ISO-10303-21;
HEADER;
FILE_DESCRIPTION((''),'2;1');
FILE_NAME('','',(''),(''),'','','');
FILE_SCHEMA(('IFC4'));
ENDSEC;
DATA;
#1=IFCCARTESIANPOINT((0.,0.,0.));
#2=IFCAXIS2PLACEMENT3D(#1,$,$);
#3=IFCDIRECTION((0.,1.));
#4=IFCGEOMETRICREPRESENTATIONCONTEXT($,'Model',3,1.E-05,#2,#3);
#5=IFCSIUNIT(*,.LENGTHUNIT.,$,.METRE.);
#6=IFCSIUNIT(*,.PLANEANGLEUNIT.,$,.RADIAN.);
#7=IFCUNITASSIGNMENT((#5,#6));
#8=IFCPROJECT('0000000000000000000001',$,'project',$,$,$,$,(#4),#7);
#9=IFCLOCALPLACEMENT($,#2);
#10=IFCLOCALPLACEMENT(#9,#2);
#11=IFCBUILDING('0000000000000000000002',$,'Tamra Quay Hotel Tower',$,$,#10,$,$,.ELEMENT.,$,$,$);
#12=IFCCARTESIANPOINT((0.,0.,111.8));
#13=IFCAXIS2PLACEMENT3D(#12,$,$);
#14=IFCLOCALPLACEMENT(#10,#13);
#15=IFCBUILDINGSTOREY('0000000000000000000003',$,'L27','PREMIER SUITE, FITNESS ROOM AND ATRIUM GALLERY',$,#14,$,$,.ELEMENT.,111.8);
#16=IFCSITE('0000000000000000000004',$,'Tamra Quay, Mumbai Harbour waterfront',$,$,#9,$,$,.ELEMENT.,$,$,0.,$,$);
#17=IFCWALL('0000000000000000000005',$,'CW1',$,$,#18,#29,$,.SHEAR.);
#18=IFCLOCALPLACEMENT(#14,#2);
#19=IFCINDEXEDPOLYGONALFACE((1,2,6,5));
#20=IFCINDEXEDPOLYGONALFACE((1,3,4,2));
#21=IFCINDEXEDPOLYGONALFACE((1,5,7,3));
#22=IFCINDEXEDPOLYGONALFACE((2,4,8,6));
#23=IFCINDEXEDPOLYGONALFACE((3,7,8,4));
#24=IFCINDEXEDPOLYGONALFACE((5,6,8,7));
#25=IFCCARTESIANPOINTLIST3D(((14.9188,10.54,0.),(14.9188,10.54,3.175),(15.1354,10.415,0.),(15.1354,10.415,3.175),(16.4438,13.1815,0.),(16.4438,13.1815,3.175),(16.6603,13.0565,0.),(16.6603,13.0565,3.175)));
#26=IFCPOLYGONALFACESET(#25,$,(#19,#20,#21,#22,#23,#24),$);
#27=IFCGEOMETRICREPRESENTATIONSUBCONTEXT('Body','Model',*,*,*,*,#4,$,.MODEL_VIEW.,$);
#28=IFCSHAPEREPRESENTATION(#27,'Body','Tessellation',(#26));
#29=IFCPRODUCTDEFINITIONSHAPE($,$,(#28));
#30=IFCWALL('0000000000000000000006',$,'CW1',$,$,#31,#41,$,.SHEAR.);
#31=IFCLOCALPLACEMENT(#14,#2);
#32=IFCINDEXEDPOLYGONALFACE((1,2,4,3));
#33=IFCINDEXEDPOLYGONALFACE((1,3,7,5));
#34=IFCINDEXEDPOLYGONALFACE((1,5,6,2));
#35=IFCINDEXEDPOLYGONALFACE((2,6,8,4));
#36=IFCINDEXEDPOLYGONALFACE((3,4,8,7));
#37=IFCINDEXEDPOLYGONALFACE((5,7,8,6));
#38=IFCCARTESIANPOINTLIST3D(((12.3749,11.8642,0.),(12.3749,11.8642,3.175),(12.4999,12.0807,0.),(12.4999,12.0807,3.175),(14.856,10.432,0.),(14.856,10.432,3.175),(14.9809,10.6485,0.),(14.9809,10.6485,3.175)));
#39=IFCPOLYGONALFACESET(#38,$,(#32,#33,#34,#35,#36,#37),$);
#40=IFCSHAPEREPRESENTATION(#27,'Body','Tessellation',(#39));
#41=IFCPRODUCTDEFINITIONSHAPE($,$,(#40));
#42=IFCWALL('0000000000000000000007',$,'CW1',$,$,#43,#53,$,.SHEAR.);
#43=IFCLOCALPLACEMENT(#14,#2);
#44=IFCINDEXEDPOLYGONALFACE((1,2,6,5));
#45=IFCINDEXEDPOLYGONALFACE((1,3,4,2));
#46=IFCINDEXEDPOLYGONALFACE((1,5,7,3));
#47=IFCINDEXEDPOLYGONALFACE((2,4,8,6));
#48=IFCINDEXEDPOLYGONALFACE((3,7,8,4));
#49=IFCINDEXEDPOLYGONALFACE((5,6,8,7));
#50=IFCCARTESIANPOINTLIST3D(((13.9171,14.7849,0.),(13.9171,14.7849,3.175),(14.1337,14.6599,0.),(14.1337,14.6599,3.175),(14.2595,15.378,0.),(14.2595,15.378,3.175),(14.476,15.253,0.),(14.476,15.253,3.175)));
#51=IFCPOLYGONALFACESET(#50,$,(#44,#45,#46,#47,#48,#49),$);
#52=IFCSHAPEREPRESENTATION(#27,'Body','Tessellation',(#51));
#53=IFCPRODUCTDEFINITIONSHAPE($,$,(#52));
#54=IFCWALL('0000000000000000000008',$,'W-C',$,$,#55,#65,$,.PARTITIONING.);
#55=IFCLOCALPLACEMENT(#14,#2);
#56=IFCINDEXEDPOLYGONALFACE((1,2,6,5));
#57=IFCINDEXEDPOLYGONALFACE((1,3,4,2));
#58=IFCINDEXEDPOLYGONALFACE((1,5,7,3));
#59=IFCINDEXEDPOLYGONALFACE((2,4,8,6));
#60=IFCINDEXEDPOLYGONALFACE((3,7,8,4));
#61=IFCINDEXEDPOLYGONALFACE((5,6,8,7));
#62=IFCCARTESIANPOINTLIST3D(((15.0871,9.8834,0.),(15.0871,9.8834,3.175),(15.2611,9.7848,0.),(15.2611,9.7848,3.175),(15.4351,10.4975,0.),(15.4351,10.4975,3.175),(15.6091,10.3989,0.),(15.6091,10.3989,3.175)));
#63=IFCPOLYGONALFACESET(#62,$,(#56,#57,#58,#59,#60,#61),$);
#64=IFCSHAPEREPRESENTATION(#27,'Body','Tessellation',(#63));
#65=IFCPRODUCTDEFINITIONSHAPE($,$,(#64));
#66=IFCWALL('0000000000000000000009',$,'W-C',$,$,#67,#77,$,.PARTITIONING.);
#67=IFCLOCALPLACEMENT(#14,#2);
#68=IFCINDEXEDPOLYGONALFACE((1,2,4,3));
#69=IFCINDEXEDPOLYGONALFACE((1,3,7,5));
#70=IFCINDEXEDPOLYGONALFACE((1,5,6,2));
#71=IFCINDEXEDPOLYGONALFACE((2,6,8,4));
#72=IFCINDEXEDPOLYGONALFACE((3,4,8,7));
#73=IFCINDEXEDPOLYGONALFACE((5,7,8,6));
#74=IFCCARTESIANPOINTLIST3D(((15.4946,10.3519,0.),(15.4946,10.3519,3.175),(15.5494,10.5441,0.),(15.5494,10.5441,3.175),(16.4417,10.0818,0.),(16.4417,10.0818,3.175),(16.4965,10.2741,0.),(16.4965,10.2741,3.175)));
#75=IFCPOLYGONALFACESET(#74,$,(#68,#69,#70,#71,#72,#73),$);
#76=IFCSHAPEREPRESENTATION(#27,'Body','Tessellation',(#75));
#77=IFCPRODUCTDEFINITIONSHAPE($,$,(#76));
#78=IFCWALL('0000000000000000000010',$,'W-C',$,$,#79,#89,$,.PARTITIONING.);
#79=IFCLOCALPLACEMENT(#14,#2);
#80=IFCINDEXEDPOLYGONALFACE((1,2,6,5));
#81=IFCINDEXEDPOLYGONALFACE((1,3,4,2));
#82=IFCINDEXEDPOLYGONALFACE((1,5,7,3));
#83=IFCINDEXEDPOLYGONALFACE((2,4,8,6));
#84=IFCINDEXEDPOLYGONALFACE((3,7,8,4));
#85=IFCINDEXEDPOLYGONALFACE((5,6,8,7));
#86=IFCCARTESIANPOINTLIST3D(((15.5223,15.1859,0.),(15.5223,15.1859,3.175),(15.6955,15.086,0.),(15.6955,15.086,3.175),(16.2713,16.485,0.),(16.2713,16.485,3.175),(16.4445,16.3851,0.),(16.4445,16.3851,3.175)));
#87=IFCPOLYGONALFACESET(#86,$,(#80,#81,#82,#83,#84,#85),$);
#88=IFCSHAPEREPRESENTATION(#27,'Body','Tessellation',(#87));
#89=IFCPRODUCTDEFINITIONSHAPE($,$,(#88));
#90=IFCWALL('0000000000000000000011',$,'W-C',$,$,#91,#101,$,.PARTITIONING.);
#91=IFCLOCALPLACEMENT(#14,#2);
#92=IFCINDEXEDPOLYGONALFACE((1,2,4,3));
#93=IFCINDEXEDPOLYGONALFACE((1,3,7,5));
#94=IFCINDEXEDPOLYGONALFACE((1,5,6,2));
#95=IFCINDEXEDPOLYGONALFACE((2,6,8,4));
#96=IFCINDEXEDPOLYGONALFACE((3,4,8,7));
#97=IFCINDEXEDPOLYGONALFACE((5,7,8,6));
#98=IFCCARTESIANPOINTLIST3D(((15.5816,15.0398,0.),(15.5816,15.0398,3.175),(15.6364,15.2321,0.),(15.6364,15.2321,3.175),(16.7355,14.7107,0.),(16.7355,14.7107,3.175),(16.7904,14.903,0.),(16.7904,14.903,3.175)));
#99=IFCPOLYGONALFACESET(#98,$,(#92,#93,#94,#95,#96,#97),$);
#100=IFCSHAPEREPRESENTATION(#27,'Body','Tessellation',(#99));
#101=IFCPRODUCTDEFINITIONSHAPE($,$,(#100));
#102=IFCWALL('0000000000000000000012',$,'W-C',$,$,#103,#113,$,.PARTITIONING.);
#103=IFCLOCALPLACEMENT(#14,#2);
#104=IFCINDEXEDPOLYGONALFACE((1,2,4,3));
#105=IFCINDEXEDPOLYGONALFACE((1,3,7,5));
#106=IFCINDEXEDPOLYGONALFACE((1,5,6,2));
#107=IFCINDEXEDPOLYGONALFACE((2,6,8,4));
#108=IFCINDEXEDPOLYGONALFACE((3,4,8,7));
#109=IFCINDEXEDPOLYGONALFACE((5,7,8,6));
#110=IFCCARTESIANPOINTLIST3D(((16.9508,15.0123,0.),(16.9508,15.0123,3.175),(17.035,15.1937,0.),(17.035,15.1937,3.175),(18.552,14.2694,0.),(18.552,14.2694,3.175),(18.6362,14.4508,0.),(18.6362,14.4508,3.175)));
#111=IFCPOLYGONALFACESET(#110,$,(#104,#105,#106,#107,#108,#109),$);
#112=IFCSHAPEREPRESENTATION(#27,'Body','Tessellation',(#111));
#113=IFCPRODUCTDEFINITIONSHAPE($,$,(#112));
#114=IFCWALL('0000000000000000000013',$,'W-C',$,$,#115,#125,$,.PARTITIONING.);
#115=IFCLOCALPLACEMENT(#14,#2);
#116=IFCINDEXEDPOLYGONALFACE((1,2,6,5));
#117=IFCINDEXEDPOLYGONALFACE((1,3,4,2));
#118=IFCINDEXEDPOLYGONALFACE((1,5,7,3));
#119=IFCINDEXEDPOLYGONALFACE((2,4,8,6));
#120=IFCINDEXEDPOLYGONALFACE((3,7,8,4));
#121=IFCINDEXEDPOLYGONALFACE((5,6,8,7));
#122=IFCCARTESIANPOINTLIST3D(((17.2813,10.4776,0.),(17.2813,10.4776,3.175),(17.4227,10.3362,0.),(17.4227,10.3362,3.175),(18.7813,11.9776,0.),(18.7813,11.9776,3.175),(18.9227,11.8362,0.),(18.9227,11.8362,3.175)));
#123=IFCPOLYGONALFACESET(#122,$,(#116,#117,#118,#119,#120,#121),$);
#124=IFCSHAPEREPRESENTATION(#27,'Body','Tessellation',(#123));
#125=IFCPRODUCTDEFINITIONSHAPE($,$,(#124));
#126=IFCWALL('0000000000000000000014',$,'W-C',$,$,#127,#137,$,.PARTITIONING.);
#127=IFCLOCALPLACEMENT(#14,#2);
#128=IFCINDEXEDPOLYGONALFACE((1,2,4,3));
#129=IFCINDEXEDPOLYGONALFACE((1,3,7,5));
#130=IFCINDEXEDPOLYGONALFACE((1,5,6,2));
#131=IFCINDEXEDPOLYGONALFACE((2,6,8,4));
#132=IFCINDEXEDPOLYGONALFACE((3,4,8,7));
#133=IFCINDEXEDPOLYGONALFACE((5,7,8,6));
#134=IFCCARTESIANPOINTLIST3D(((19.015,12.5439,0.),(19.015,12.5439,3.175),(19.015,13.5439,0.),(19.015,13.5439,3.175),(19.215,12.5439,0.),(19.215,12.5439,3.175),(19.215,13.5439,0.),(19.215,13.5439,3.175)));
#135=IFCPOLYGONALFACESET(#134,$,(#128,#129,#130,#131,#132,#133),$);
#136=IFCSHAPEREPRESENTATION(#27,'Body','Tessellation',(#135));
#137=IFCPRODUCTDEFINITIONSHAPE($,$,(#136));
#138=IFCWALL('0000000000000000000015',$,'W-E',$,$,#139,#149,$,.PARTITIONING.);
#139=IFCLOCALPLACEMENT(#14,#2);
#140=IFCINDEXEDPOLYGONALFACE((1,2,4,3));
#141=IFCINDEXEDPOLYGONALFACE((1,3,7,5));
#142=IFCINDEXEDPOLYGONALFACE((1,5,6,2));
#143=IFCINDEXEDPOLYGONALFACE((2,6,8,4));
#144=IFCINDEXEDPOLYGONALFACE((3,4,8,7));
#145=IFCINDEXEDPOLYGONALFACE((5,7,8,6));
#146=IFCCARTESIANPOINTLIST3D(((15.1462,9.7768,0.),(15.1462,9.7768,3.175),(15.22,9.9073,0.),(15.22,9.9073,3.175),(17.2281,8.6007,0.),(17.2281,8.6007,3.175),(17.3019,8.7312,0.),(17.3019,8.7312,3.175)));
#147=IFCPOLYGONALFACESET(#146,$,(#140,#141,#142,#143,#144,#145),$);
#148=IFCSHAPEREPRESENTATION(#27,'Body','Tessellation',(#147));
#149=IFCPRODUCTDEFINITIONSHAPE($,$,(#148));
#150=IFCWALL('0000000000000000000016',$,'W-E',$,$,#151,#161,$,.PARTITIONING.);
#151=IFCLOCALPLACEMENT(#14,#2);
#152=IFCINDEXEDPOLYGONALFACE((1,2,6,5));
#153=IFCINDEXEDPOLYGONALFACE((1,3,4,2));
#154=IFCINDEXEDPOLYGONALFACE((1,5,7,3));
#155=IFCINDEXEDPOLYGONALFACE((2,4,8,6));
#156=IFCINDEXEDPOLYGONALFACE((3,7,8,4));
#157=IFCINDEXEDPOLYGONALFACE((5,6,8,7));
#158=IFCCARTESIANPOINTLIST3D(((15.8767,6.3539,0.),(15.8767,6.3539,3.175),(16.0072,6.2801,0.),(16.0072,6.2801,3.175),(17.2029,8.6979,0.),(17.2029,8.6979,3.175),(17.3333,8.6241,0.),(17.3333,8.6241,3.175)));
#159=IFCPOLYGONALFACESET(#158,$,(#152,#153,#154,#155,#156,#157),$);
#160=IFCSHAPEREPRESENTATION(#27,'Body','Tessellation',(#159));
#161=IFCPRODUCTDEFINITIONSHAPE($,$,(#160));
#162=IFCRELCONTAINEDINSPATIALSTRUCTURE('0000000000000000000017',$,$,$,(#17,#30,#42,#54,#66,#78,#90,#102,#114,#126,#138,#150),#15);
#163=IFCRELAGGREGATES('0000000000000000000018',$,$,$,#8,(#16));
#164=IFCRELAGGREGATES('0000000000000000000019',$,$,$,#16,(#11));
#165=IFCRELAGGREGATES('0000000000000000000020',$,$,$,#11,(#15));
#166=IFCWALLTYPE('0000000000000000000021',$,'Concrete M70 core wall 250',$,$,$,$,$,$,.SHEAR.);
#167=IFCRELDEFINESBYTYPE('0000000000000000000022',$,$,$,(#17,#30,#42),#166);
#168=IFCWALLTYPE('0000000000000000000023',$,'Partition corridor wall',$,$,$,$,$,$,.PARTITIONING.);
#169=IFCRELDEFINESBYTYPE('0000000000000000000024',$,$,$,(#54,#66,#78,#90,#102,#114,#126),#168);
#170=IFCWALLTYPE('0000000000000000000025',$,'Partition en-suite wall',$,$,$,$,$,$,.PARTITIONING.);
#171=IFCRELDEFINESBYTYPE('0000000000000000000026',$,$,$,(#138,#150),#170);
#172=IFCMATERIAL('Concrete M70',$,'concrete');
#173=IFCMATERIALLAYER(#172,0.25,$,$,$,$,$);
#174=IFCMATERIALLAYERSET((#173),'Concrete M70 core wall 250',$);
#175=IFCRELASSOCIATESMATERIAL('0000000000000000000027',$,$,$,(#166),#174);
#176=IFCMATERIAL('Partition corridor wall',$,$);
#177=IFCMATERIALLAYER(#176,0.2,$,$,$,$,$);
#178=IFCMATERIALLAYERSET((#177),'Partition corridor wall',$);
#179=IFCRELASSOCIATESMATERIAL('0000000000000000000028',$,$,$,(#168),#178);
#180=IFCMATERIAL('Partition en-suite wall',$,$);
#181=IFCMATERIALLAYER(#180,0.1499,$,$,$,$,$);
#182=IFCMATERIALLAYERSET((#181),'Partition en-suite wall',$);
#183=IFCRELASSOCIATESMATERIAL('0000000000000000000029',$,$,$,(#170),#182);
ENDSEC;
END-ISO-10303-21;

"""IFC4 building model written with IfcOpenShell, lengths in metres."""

from ifc_helpers import new_model, si_unit, direction, frame, frame_2d, origin, place, context, subcontext, project, spatial, rectangle, extrude, material, layer, layer_set, type_object, element, save


model = new_model("IFC4")

# Units and contexts
model_context = context("Model", 3, precision=1e-05, world=origin(), true_north=direction((0.0, 1.0)))
body_context = subcontext(model_context, "Body", "Model", "MODEL_VIEW")
ifc_project = project(units=[si_unit("LENGTHUNIT", "METRE"), si_unit("PLANEANGLEUNIT", "RADIAN")], contexts=[model_context])

# Site, building, storey
site_placement = place(None, origin())
site = spatial("IfcSite", under=ifc_project, at=site_placement, Name="Tamra Quay, Mumbai Harbour waterfront", CompositionType="ELEMENT", RefElevation=0.0)
building_placement = place(site_placement, origin())
building = spatial("IfcBuilding", under=site, at=building_placement, Name="Tamra Quay Hotel Tower", CompositionType="ELEMENT")
storey_placement = place(building_placement, frame((0.0, 0.0, 111.8)))
storey = spatial("IfcBuildingStorey", under=building, at=storey_placement, Name="L27", Description="PREMIER SUITE, FITNESS ROOM AND ATRIUM GALLERY", CompositionType="ELEMENT", Elevation=111.8)

# Shared definitions
ifc_material_1 = material(Name="Concrete M70", Category="concrete")

# Walls
ifc_layer_1 = layer(ifc_material_1, 0.25)
ifc_layer_set_1 = layer_set([ifc_layer_1], Name="Concrete M70 core wall 250")
wall_type_1 = type_object("IfcWallType", Name="Concrete M70 core wall 250", PredefinedType="SHEAR", material=ifc_layer_set_1)
wall_1_placement = place(storey_placement, frame((16.552, 13.1189, 0.0), z_axis=(0.0, 0.0, 1.0), x_axis=(-0.499979, -0.866038, 0.0)))
element("IfcWall", 1, at=wall_1_placement, inside=storey, type_object=wall_type_1, Name="CW1", PredefinedType="SHEAR", context=body_context, shape_type="SweptSolid", body=[
    extrude(rectangle(XDim=3.05, YDim=0.25, at=frame_2d((1.5249, 0.0))), origin(), (0.0, 0.0, 1.0), 3.175),
])
wall_2_placement = place(storey_placement, frame((14.9185, 10.5403, 0.0), z_axis=(0.0, 0.0, 1.0), x_axis=(-0.866064, 0.499934, 0.0)))
element("IfcWall", 2, at=wall_2_placement, inside=storey, type_object=wall_type_1, Name="CW1", PredefinedType="SHEAR", context=body_context, shape_type="SweptSolid", body=[
    extrude(rectangle(XDim=2.8647, YDim=0.25, at=frame_2d((1.4324, 0.0))), origin(), (0.0, 0.0, 1.0), 3.175),
])
wall_3_placement = place(storey_placement, frame((14.3677, 15.3154, 0.0), z_axis=(0.0, 0.0, 1.0), x_axis=(-0.499897, -0.866085, 0.0)))
element("IfcWall", 3, at=wall_3_placement, inside=storey, type_object=wall_type_1, Name="CW1", PredefinedType="SHEAR", context=body_context, shape_type="SweptSolid", body=[
    extrude(rectangle(XDim=0.6848, YDim=0.25, at=frame_2d((0.3423, 0.0))), origin(), (0.0, 0.0, 1.0), 3.175),
])
ifc_material_2 = material(Name="Partition corridor wall")
ifc_layer_2 = layer(ifc_material_2, 0.2)
ifc_layer_set_2 = layer_set([ifc_layer_2], Name="Partition corridor wall")
wall_type_2 = type_object("IfcWallType", Name="Partition corridor wall", PredefinedType="PARTITIONING", material=ifc_layer_set_2)
wall_4_placement = place(storey_placement, frame((15.1741, 9.834, 0.0), z_axis=(0.0, 0.0, 1.0), x_axis=(0.492969, 0.870047, 0.0)))
element("IfcWall", 4, at=wall_4_placement, inside=storey, type_object=wall_type_2, Name="W-C", PredefinedType="PARTITIONING", context=body_context, shape_type="SweptSolid", body=[
    extrude(rectangle(XDim=0.7058, YDim=0.2, at=frame_2d((0.353, 0.0))), origin(), (0.0, 0.0, 1.0), 3.175),
])
wall_5_placement = place(storey_placement, frame((15.522, 10.448, 0.0), z_axis=(0.0, 0.0, 1.0), x_axis=(0.961673, -0.274197, 0.0)))
element("IfcWall", 5, at=wall_5_placement, inside=storey, type_object=wall_type_2, Name="W-C", PredefinedType="PARTITIONING", context=body_context, shape_type="SweptSolid", body=[
    extrude(rectangle(XDim=0.9849, YDim=0.2, at=frame_2d((0.4924, 0.0))), origin(), (0.0, 0.0, 1.0), 3.175),
])
wall_6_placement = place(storey_placement, frame((15.6089, 15.136, 0.0), z_axis=(0.0, 0.0, 1.0), x_axis=(0.499502, 0.866313, 0.0)))
element("IfcWall", 6, at=wall_6_placement, inside=storey, type_object=wall_type_2, Name="W-C", PredefinedType="PARTITIONING", context=body_context, shape_type="SweptSolid", body=[
    extrude(rectangle(XDim=1.4995, YDim=0.2, at=frame_2d((0.7498, 0.0))), origin(), (0.0, 0.0, 1.0), 3.175),
])
wall_7_placement = place(storey_placement, frame((15.6089, 15.136, 0.0), z_axis=(0.0, 0.0, 1.0), x_axis=(0.961662, -0.274237, 0.0)))
element("IfcWall", 7, at=wall_7_placement, inside=storey, type_object=wall_type_2, Name="W-C", PredefinedType="PARTITIONING", context=body_context, shape_type="SweptSolid", body=[
    extrude(rectangle(XDim=1.2, YDim=0.2, at=frame_2d((0.6001, 0.0))), origin(), (0.0, 0.0, 1.0), 3.175),
])
wall_8_placement = place(storey_placement, frame((16.9929, 15.103, 0.0), z_axis=(0.0, 0.0, 1.0), x_axis=(0.907103, -0.420908, 0.0)))
element("IfcWall", 8, at=wall_8_placement, inside=storey, type_object=wall_type_2, Name="W-C", PredefinedType="PARTITIONING", context=body_context, shape_type="SweptSolid", body=[
    extrude(rectangle(XDim=1.7651, YDim=0.2, at=frame_2d((0.8826, 0.0))), origin(), (0.0, 0.0, 1.0), 3.175),
])
wall_9_placement = place(storey_placement, frame((17.3521, 10.407, 0.0), z_axis=(0.0, 0.0, 1.0), x_axis=(0.707107, 0.707107, 0.0)))
element("IfcWall", 9, at=wall_9_placement, inside=storey, type_object=wall_type_2, Name="W-C", PredefinedType="PARTITIONING", context=body_context, shape_type="SweptSolid", body=[
    extrude(rectangle(XDim=2.1213, YDim=0.2, at=frame_2d((1.0605, 0.0))), origin(), (0.0, 0.0, 1.0), 3.175),
])
wall_10_placement = place(storey_placement, frame((19.115, 12.5439, 0.0), z_axis=(0.0, 0.0, 1.0), x_axis=(0.0, 1.0, 0.0)))
element("IfcWall", 10, at=wall_10_placement, inside=storey, type_object=wall_type_2, Name="W-C", PredefinedType="PARTITIONING", context=body_context, shape_type="SweptSolid", body=[
    extrude(rectangle(XDim=1.0, YDim=0.2, at=frame_2d((0.5, 0.0))), origin(), (0.0, 0.0, 1.0), 3.175),
])
ifc_material_3 = material(Name="Partition en-suite wall")
ifc_layer_3 = layer(ifc_material_3, 0.1499)
ifc_layer_set_3 = layer_set([ifc_layer_3], Name="Partition en-suite wall")
wall_type_3 = type_object("IfcWallType", Name="Partition en-suite wall", PredefinedType="PARTITIONING", material=ifc_layer_set_3)
wall_11_placement = place(storey_placement, frame((15.1831, 9.842, 0.0), z_axis=(0.0, 0.0, 1.0), x_axis=(0.870677, -0.491855, 0.0)))
element("IfcWall", 11, at=wall_11_placement, inside=storey, type_object=wall_type_3, Name="W-E", PredefinedType="PARTITIONING", context=body_context, shape_type="SweptSolid", body=[
    extrude(rectangle(XDim=2.3911, YDim=0.1499, at=frame_2d((1.1956, 0.0))), origin(), (0.0, 0.0, 1.0), 3.175),
])
wall_12_placement = place(storey_placement, frame((15.9419, 6.3169, 0.0), z_axis=(0.0, 0.0, 1.0), x_axis=(0.492425, 0.870355, 0.0)))
element("IfcWall", 12, at=wall_12_placement, inside=storey, type_object=wall_type_3, Name="W-E", PredefinedType="PARTITIONING", context=body_context, shape_type="SweptSolid", body=[
    extrude(rectangle(XDim=2.6931, YDim=0.1499, at=frame_2d((1.3467, 0.0))), origin(), (0.0, 0.0, 1.0), 3.175),
])

save(model, "model.ifc")
